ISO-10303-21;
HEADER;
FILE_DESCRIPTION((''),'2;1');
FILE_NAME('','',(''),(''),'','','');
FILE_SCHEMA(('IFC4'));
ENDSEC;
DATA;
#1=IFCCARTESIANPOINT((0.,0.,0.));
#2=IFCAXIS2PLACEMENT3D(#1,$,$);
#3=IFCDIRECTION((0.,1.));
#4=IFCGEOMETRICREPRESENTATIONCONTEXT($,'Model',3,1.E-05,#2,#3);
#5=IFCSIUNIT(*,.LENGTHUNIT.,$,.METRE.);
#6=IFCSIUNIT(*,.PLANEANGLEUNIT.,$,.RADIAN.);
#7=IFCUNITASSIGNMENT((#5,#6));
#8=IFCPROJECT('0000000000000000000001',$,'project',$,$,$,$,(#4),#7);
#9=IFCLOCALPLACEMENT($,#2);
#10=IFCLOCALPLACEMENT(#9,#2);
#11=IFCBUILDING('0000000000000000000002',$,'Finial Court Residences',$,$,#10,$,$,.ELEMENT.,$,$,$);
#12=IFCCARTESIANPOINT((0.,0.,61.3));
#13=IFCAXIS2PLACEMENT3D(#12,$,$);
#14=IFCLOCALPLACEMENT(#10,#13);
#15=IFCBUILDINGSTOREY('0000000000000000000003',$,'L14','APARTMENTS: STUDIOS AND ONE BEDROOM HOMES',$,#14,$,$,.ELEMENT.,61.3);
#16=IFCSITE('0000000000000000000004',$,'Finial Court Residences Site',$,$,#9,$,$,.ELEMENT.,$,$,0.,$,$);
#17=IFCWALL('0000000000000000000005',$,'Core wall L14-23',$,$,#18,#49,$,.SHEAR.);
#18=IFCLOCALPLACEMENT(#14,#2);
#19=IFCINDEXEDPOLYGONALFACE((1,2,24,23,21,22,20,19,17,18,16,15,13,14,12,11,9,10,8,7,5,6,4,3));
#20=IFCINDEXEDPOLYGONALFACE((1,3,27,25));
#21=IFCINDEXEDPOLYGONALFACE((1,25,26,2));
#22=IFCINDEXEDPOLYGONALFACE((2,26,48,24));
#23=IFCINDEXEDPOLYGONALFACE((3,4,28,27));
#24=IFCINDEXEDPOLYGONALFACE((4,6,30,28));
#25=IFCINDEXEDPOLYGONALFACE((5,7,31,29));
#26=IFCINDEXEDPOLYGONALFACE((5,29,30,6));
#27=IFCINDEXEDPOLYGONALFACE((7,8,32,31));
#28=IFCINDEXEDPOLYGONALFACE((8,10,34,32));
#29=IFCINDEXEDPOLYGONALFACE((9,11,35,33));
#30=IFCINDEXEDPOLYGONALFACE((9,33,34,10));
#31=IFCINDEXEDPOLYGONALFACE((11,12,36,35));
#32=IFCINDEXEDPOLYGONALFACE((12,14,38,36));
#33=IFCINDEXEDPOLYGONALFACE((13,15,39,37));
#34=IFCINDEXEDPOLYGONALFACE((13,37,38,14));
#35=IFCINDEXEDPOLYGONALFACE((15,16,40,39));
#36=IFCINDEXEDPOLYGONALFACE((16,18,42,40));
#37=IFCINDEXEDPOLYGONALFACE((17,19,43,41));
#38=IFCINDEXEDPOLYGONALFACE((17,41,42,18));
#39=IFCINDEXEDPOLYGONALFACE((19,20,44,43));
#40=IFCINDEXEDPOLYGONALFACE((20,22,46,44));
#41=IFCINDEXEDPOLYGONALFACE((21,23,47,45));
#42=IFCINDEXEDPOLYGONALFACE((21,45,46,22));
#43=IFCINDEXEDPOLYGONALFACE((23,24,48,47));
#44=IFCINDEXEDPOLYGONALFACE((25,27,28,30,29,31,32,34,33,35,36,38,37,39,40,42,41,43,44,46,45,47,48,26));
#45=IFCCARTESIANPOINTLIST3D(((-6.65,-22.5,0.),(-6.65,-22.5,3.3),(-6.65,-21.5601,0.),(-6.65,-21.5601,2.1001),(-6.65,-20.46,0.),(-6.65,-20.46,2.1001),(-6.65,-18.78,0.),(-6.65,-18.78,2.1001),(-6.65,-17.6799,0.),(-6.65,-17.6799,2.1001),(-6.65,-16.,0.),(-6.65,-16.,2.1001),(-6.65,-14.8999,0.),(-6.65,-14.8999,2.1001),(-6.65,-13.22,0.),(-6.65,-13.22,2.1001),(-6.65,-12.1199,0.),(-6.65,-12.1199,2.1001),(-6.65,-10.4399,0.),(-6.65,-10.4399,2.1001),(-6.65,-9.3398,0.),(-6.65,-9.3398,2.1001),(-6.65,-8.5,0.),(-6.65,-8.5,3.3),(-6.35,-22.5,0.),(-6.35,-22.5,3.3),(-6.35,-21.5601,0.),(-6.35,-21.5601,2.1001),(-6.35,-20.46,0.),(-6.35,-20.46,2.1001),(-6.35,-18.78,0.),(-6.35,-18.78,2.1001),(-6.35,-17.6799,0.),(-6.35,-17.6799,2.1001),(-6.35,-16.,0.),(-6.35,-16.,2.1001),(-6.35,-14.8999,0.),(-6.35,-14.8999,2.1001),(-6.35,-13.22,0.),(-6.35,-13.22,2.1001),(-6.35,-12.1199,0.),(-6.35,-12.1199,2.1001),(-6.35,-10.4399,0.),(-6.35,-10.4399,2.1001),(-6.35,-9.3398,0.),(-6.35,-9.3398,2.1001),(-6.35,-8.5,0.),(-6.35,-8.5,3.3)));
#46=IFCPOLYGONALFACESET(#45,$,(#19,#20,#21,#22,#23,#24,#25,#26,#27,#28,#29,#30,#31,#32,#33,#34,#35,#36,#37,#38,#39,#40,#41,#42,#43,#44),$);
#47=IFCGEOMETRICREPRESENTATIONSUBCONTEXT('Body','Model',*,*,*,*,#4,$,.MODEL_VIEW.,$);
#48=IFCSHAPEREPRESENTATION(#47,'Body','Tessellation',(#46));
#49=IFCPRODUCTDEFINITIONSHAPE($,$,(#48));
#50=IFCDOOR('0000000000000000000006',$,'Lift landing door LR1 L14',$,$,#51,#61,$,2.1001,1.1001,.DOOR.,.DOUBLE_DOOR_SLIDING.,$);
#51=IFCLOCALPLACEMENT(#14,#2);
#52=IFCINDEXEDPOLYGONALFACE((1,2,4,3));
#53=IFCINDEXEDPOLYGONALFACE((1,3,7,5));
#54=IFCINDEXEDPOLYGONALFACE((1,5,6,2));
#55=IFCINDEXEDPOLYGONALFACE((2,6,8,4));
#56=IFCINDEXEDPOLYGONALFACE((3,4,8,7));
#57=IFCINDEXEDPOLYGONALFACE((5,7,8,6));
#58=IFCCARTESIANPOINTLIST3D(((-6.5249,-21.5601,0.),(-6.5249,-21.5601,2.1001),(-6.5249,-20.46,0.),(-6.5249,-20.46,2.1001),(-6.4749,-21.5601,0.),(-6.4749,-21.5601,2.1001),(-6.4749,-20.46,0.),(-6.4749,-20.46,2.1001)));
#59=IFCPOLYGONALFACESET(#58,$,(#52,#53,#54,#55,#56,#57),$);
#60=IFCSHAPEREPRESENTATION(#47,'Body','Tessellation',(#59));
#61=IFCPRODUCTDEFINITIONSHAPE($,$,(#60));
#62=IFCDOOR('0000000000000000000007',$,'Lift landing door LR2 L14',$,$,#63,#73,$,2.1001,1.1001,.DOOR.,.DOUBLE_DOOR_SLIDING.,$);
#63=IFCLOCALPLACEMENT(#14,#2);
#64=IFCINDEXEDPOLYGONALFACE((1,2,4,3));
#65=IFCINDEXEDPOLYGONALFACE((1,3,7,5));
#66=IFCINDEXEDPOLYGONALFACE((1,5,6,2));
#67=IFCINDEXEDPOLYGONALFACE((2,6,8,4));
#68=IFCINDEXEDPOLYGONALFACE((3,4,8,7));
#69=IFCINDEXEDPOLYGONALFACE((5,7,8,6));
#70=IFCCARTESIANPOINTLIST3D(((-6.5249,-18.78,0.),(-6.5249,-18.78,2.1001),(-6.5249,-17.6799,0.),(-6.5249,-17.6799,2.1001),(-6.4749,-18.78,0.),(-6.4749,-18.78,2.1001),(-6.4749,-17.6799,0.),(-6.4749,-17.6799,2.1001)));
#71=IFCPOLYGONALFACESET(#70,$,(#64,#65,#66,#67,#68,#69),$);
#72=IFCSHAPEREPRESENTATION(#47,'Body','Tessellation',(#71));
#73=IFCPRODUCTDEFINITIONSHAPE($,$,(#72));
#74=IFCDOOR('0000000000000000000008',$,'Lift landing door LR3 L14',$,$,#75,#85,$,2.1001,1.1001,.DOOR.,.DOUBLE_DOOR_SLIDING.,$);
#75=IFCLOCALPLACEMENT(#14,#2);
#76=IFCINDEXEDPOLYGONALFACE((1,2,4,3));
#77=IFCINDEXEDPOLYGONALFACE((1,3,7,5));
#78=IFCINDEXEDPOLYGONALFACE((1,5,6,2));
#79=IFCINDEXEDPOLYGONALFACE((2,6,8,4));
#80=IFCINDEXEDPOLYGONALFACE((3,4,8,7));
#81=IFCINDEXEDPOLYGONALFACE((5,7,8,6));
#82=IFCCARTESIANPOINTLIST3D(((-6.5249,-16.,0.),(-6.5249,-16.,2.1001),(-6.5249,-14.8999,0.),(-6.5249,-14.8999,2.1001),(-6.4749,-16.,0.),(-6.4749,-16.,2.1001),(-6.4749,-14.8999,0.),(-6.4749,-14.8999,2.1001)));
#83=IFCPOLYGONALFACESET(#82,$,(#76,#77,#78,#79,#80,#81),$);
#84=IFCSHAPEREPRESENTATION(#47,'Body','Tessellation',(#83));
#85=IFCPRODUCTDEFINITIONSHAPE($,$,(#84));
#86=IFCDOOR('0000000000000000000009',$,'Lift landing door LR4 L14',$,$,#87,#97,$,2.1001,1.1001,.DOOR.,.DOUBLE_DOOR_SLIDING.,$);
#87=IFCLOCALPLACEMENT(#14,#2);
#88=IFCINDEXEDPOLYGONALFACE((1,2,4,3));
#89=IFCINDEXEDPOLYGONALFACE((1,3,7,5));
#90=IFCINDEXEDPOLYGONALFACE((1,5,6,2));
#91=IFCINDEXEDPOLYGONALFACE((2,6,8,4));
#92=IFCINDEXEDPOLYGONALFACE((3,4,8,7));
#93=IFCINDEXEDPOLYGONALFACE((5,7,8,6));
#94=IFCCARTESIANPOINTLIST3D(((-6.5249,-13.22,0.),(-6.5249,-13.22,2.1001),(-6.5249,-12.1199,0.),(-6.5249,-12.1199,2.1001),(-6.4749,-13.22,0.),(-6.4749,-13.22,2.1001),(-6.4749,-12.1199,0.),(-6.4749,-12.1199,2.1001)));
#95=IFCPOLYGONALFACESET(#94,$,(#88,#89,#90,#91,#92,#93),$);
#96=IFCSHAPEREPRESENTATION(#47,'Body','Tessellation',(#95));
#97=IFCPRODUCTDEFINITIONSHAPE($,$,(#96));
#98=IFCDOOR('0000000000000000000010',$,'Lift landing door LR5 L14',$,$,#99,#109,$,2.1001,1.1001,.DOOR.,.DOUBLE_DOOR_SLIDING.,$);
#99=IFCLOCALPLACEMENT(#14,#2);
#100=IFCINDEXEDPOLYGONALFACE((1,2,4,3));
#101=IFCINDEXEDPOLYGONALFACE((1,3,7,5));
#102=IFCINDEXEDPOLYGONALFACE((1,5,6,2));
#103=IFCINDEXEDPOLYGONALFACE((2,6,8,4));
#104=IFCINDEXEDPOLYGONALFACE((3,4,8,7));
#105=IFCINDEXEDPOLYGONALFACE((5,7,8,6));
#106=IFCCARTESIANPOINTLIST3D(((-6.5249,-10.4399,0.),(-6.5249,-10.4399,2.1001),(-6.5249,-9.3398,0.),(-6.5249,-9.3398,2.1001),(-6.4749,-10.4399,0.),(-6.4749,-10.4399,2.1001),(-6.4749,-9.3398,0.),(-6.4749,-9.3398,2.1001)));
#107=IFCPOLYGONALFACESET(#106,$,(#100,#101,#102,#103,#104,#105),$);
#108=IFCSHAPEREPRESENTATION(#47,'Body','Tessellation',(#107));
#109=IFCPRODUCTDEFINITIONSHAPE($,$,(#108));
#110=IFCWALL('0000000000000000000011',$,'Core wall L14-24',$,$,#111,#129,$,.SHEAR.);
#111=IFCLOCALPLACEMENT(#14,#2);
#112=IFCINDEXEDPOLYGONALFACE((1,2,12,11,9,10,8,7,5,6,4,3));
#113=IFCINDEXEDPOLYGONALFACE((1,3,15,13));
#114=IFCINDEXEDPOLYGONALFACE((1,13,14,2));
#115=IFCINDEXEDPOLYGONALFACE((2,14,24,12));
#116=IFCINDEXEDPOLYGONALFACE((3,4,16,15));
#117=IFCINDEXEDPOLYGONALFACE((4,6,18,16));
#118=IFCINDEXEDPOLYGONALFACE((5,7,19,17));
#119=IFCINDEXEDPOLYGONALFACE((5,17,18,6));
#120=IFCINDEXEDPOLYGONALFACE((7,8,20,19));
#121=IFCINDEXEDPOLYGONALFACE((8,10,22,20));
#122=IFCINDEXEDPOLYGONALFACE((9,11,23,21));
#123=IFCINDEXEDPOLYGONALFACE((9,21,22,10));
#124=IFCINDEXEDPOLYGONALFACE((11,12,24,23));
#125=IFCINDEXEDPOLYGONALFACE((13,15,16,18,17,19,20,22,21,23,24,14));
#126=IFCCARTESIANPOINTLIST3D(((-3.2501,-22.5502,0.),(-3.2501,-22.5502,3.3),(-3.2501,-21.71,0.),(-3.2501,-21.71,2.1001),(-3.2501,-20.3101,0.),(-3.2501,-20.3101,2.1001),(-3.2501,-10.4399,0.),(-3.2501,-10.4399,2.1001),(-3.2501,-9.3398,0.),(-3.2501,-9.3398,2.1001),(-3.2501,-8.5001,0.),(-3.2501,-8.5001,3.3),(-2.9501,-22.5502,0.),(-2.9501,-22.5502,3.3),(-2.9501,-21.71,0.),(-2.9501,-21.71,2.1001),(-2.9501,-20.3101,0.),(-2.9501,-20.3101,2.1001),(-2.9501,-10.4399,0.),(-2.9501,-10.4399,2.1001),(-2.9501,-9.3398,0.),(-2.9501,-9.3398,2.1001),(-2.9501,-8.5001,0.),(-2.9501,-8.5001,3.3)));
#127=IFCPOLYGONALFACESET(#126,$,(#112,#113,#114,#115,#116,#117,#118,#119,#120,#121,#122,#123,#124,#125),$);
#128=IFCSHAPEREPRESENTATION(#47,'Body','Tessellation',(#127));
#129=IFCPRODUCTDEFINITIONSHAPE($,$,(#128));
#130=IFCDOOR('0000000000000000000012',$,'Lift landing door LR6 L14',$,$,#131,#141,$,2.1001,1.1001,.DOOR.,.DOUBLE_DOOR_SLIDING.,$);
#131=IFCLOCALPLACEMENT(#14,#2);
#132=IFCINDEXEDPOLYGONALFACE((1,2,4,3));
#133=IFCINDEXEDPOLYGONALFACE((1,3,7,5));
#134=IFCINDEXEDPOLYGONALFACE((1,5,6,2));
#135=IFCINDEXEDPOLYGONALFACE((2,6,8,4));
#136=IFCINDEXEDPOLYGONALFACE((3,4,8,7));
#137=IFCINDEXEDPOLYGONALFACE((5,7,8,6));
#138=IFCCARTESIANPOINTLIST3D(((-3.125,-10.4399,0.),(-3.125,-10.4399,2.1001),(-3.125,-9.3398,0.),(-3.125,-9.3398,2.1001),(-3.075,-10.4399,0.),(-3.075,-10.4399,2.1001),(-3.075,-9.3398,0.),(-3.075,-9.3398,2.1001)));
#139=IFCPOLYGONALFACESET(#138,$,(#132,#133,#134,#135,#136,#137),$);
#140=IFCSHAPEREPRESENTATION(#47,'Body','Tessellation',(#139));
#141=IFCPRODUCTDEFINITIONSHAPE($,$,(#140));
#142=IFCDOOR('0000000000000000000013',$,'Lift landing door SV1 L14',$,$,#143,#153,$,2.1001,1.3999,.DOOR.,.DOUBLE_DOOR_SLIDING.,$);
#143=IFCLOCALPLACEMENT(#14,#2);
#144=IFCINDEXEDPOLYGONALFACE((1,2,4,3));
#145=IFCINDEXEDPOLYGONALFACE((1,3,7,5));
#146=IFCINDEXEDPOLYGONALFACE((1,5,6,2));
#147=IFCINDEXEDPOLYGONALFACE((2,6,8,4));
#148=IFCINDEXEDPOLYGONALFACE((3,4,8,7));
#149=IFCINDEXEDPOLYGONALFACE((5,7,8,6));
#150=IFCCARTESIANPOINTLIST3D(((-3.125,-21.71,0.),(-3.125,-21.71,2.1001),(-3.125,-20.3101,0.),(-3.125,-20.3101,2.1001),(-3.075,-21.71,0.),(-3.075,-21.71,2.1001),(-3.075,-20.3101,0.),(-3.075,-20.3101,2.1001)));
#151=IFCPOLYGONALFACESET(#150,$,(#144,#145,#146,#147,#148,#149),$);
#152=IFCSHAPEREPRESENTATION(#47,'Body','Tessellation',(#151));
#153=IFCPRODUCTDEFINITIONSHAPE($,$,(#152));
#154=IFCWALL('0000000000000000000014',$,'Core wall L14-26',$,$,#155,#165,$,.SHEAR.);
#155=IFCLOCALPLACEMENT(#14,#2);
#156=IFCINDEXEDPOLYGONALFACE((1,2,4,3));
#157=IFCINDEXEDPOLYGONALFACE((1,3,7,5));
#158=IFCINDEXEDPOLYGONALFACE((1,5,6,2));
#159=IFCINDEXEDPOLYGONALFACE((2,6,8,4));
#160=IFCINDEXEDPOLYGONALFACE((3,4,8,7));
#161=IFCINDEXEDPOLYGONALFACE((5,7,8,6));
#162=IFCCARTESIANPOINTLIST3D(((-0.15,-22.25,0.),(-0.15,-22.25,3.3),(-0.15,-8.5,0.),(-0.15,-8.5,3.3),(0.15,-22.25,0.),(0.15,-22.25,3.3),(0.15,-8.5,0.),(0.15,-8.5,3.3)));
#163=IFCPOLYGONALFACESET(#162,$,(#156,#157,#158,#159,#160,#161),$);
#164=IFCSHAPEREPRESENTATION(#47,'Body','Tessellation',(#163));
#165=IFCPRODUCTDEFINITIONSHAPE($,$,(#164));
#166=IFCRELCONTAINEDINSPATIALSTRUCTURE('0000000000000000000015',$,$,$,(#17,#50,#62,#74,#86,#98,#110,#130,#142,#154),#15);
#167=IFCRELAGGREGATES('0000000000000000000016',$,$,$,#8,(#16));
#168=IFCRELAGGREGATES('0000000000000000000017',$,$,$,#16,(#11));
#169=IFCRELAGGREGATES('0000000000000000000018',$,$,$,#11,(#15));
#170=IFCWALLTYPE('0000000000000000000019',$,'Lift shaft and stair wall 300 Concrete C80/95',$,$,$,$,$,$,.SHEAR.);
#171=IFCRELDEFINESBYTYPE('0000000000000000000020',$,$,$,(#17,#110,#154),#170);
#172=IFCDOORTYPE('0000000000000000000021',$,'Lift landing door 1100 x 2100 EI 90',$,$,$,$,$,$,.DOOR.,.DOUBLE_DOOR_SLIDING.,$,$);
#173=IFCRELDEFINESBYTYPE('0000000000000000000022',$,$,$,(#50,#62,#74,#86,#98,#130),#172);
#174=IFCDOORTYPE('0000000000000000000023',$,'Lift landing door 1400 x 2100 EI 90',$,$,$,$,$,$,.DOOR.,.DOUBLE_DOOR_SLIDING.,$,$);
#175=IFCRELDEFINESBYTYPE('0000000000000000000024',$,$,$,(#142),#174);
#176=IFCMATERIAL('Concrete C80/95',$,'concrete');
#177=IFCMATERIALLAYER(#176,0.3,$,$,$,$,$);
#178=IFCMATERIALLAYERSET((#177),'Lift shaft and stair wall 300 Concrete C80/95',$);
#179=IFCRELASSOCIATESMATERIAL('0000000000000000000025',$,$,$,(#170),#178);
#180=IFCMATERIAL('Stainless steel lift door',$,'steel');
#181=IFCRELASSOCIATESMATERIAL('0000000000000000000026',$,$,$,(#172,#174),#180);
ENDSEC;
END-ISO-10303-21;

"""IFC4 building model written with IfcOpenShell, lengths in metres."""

from ifc_helpers import new_model, si_unit, direction, frame, frame_2d, origin, place, context, subcontext, project, spatial, rectangle, extrude, material, layer, layer_set, type_object, element, fill, save


model = new_model("IFC4")

# Units and contexts
model_context = context("Model", 3, precision=1e-05, world=origin(), true_north=direction((0.0, 1.0)))
body_context = subcontext(model_context, "Body", "Model", "MODEL_VIEW")
ifc_project = project(units=[si_unit("LENGTHUNIT", "METRE"), si_unit("PLANEANGLEUNIT", "RADIAN")], contexts=[model_context])

# Site, building, storey
site_placement = place(None, origin())
site = spatial("IfcSite", under=ifc_project, at=site_placement, Name="Finial Court Residences Site", CompositionType="ELEMENT", RefElevation=0.0)
building_placement = place(site_placement, origin())
building = spatial("IfcBuilding", under=site, at=building_placement, Name="Finial Court Residences", CompositionType="ELEMENT")
storey_placement = place(building_placement, frame((0.0, 0.0, 61.3)))
storey = spatial("IfcBuildingStorey", under=building, at=storey_placement, Name="L14", Description="APARTMENTS: STUDIOS AND ONE BEDROOM HOMES", CompositionType="ELEMENT", Elevation=61.3)

# Shared definitions
ifc_material_1 = material(Name="Concrete C80/95", Category="concrete")
ifc_layer_1 = layer(ifc_material_1, 0.3)
ifc_layer_set_1 = layer_set([ifc_layer_1], Name="Lift shaft and stair wall 300 Concrete C80/95")
wall_type_1 = type_object("IfcWallType", Name="Lift shaft and stair wall 300 Concrete C80/95", PredefinedType="SHEAR", material=ifc_layer_set_1)

# Walls, openings, doors
wall_1_placement = place(storey_placement, frame((-6.5, -22.5, 0.0), z_axis=(0.0, 0.0, 1.0), x_axis=(0.0, 1.0, 0.0)))
wall_1 = element("IfcWall", 1, at=wall_1_placement, inside=storey, type_object=wall_type_1, Name="Core wall L14-23", PredefinedType="SHEAR", context=body_context, shape_type="SweptSolid", body=[
    extrude(rectangle(XDim=14.0, YDim=0.3, at=frame_2d((7.0, 0.0))), origin(), (0.0, 0.0, 1.0), 3.3),
])
opening_1_placement = place(wall_1_placement, frame((0.9399, 0.0, 0.0)))
opening_1 = element("IfcOpeningElement", 2, at=opening_1_placement, cuts=wall_1, PredefinedType="OPENING", context=body_context, shape_type="SweptSolid", body=[
    extrude(rectangle(XDim=1.1001, YDim=2.1001, at=frame_2d((0.55, 1.05))), frame((0.0, 0.1599, 0.0), z_axis=(0.0, -1.0, 0.0), x_axis=(1.0, 0.0, 0.0)), (0.0, 0.0, 1.0), 0.3201),
])
opening_2_placement = place(wall_1_placement, frame((3.72, 0.0, 0.0)))
opening_2 = element("IfcOpeningElement", 3, at=opening_2_placement, cuts=wall_1, PredefinedType="OPENING", context=body_context, shape_type="SweptSolid", body=[
    extrude(rectangle(XDim=1.1001, YDim=2.1001, at=frame_2d((0.55, 1.05))), frame((0.0, 0.1599, 0.0), z_axis=(0.0, -1.0, 0.0), x_axis=(1.0, 0.0, 0.0)), (0.0, 0.0, 1.0), 0.3201),
])
opening_3_placement = place(wall_1_placement, frame((6.5, 0.0, 0.0)))
opening_3 = element("IfcOpeningElement", 4, at=opening_3_placement, cuts=wall_1, PredefinedType="OPENING", context=body_context, shape_type="SweptSolid", body=[
    extrude(rectangle(XDim=1.1001, YDim=2.1001, at=frame_2d((0.55, 1.05))), frame((0.0, 0.1599, 0.0), z_axis=(0.0, -1.0, 0.0), x_axis=(1.0, 0.0, 0.0)), (0.0, 0.0, 1.0), 0.3201),
])
opening_4_placement = place(wall_1_placement, frame((9.28, 0.0, 0.0)))
opening_4 = element("IfcOpeningElement", 5, at=opening_4_placement, cuts=wall_1, PredefinedType="OPENING", context=body_context, shape_type="SweptSolid", body=[
    extrude(rectangle(XDim=1.1001, YDim=2.1001, at=frame_2d((0.55, 1.05))), frame((0.0, 0.1599, 0.0), z_axis=(0.0, -1.0, 0.0), x_axis=(1.0, 0.0, 0.0)), (0.0, 0.0, 1.0), 0.3201),
])
opening_5_placement = place(wall_1_placement, frame((12.0601, 0.0, 0.0)))
opening_5 = element("IfcOpeningElement", 6, at=opening_5_placement, cuts=wall_1, PredefinedType="OPENING", context=body_context, shape_type="SweptSolid", body=[
    extrude(rectangle(XDim=1.1001, YDim=2.1001, at=frame_2d((0.55, 1.05))), frame((0.0, 0.1599, 0.0), z_axis=(0.0, -1.0, 0.0), x_axis=(1.0, 0.0, 0.0)), (0.0, 0.0, 1.0), 0.3201),
])
ifc_material_2 = material(Name="Stainless steel lift door", Category="steel")
door_type_1 = type_object("IfcDoorType", Name="Lift landing door 1100 x 2100 EI 90", OperationType="DOUBLE_DOOR_SLIDING", PredefinedType="DOOR", material=ifc_material_2)
door_1_placement = place(opening_1_placement, origin())
door_1 = element("IfcDoor", 7, at=door_1_placement, inside=storey, type_object=door_type_1, Name="Lift landing door LR1 L14", OperationType="DOUBLE_DOOR_SLIDING", OverallHeight=2.1001, OverallWidth=1.1001, PredefinedType="DOOR", context=body_context, shape_type="SweptSolid", body=[
    extrude(rectangle(XDim=1.1001, YDim=2.1001, at=frame_2d((0.55, 1.05))), frame((0.0, 0.0249, 0.0), z_axis=(0.0, -1.0, 0.0), x_axis=(1.0, 0.0, 0.0)), (0.0, 0.0, 1.0), 0.05),
])
fill(opening_1, door_1)
door_2_placement = place(opening_2_placement, origin())
door_2 = element("IfcDoor", 8, at=door_2_placement, inside=storey, type_object=door_type_1, Name="Lift landing door LR2 L14", OperationType="DOUBLE_DOOR_SLIDING", OverallHeight=2.1001, OverallWidth=1.1001, PredefinedType="DOOR", context=body_context, shape_type="SweptSolid", body=[
    extrude(rectangle(XDim=1.1001, YDim=2.1001, at=frame_2d((0.55, 1.05))), frame((0.0, 0.0249, 0.0), z_axis=(0.0, -1.0, 0.0), x_axis=(1.0, 0.0, 0.0)), (0.0, 0.0, 1.0), 0.05),
])
fill(opening_2, door_2)
door_3_placement = place(opening_3_placement, origin())
door_3 = element("IfcDoor", 9, at=door_3_placement, inside=storey, type_object=door_type_1, Name="Lift landing door LR3 L14", OperationType="DOUBLE_DOOR_SLIDING", OverallHeight=2.1001, OverallWidth=1.1001, PredefinedType="DOOR", context=body_context, shape_type="SweptSolid", body=[
    extrude(rectangle(XDim=1.1001, YDim=2.1001, at=frame_2d((0.55, 1.05))), frame((0.0, 0.0249, 0.0), z_axis=(0.0, -1.0, 0.0), x_axis=(1.0, 0.0, 0.0)), (0.0, 0.0, 1.0), 0.05),
])
fill(opening_3, door_3)
door_4_placement = place(opening_4_placement, origin())
door_4 = element("IfcDoor", 10, at=door_4_placement, inside=storey, type_object=door_type_1, Name="Lift landing door LR4 L14", OperationType="DOUBLE_DOOR_SLIDING", OverallHeight=2.1001, OverallWidth=1.1001, PredefinedType="DOOR", context=body_context, shape_type="SweptSolid", body=[
    extrude(rectangle(XDim=1.1001, YDim=2.1001, at=frame_2d((0.55, 1.05))), frame((0.0, 0.0249, 0.0), z_axis=(0.0, -1.0, 0.0), x_axis=(1.0, 0.0, 0.0)), (0.0, 0.0, 1.0), 0.05),
])
fill(opening_4, door_4)
door_5_placement = place(opening_5_placement, origin())
door_5 = element("IfcDoor", 11, at=door_5_placement, inside=storey, type_object=door_type_1, Name="Lift landing door LR5 L14", OperationType="DOUBLE_DOOR_SLIDING", OverallHeight=2.1001, OverallWidth=1.1001, PredefinedType="DOOR", context=body_context, shape_type="SweptSolid", body=[
    extrude(rectangle(XDim=1.1001, YDim=2.1001, at=frame_2d((0.55, 1.05))), frame((0.0, 0.0249, 0.0), z_axis=(0.0, -1.0, 0.0), x_axis=(1.0, 0.0, 0.0)), (0.0, 0.0, 1.0), 0.05),
])
fill(opening_5, door_5)
wall_2_placement = place(storey_placement, frame((-3.1001, -22.55, 0.0), z_axis=(0.0, 0.0, 1.0), x_axis=(0.0, 1.0, 0.0)))
wall_2 = element("IfcWall", 12, at=wall_2_placement, inside=storey, type_object=wall_type_1, Name="Core wall L14-24", PredefinedType="SHEAR", context=body_context, shape_type="SweptSolid", body=[
    extrude(rectangle(XDim=14.05, YDim=0.3, at=frame_2d((7.0249, 0.0))), origin(), (0.0, 0.0, 1.0), 3.3),
])
opening_6_placement = place(wall_2_placement, frame((12.1101, 0.0, 0.0)))
opening_6 = element("IfcOpeningElement", 13, at=opening_6_placement, cuts=wall_2, PredefinedType="OPENING", context=body_context, shape_type="SweptSolid", body=[
    extrude(rectangle(XDim=1.1001, YDim=2.1001, at=frame_2d((0.55, 1.05))), frame((0.0, 0.1599, 0.0), z_axis=(0.0, -1.0, 0.0), x_axis=(1.0, 0.0, 0.0)), (0.0, 0.0, 1.0), 0.3201),
])
opening_7_placement = place(wall_2_placement, frame((0.8401, 0.0, 0.0)))
opening_7 = element("IfcOpeningElement", 14, at=opening_7_placement, cuts=wall_2, PredefinedType="OPENING", context=body_context, shape_type="SweptSolid", body=[
    extrude(rectangle(XDim=1.3999, YDim=2.1001, at=frame_2d((0.7, 1.05))), frame((0.0, 0.1599, 0.0), z_axis=(0.0, -1.0, 0.0), x_axis=(1.0, 0.0, 0.0)), (0.0, 0.0, 1.0), 0.3201),
])
door_6_placement = place(opening_6_placement, origin())
door_6 = element("IfcDoor", 15, at=door_6_placement, inside=storey, type_object=door_type_1, Name="Lift landing door LR6 L14", OperationType="DOUBLE_DOOR_SLIDING", OverallHeight=2.1001, OverallWidth=1.1001, PredefinedType="DOOR", context=body_context, shape_type="SweptSolid", body=[
    extrude(rectangle(XDim=1.1001, YDim=2.1001, at=frame_2d((0.55, 1.05))), frame((0.0, 0.0249, 0.0), z_axis=(0.0, -1.0, 0.0), x_axis=(1.0, 0.0, 0.0)), (0.0, 0.0, 1.0), 0.05),
])
fill(opening_6, door_6)
door_type_2 = type_object("IfcDoorType", Name="Lift landing door 1400 x 2100 EI 90", OperationType="DOUBLE_DOOR_SLIDING", PredefinedType="DOOR", material=ifc_material_2)
door_7_placement = place(opening_7_placement, origin())
door_7 = element("IfcDoor", 16, at=door_7_placement, inside=storey, type_object=door_type_2, Name="Lift landing door SV1 L14", OperationType="DOUBLE_DOOR_SLIDING", OverallHeight=2.1001, OverallWidth=1.3999, PredefinedType="DOOR", context=body_context, shape_type="SweptSolid", body=[
    extrude(rectangle(XDim=1.3999, YDim=2.1001, at=frame_2d((0.7, 1.05))), frame((0.0, 0.0249, 0.0), z_axis=(0.0, -1.0, 0.0), x_axis=(1.0, 0.0, 0.0)), (0.0, 0.0, 1.0), 0.05),
])
fill(opening_7, door_7)

# Wall
wall_3_placement = place(storey_placement, frame((0.0, -22.25, 0.0), z_axis=(0.0, 0.0, 1.0), x_axis=(0.0, 1.0, 0.0)))
element("IfcWall", 17, at=wall_3_placement, inside=storey, type_object=wall_type_1, Name="Core wall L14-26", PredefinedType="SHEAR", context=body_context, shape_type="SweptSolid", body=[
    extrude(rectangle(XDim=13.75, YDim=0.3, at=frame_2d((6.875, 0.0))), origin(), (0.0, 0.0, 1.0), 3.3),
])

save(model, "model.ifc")
